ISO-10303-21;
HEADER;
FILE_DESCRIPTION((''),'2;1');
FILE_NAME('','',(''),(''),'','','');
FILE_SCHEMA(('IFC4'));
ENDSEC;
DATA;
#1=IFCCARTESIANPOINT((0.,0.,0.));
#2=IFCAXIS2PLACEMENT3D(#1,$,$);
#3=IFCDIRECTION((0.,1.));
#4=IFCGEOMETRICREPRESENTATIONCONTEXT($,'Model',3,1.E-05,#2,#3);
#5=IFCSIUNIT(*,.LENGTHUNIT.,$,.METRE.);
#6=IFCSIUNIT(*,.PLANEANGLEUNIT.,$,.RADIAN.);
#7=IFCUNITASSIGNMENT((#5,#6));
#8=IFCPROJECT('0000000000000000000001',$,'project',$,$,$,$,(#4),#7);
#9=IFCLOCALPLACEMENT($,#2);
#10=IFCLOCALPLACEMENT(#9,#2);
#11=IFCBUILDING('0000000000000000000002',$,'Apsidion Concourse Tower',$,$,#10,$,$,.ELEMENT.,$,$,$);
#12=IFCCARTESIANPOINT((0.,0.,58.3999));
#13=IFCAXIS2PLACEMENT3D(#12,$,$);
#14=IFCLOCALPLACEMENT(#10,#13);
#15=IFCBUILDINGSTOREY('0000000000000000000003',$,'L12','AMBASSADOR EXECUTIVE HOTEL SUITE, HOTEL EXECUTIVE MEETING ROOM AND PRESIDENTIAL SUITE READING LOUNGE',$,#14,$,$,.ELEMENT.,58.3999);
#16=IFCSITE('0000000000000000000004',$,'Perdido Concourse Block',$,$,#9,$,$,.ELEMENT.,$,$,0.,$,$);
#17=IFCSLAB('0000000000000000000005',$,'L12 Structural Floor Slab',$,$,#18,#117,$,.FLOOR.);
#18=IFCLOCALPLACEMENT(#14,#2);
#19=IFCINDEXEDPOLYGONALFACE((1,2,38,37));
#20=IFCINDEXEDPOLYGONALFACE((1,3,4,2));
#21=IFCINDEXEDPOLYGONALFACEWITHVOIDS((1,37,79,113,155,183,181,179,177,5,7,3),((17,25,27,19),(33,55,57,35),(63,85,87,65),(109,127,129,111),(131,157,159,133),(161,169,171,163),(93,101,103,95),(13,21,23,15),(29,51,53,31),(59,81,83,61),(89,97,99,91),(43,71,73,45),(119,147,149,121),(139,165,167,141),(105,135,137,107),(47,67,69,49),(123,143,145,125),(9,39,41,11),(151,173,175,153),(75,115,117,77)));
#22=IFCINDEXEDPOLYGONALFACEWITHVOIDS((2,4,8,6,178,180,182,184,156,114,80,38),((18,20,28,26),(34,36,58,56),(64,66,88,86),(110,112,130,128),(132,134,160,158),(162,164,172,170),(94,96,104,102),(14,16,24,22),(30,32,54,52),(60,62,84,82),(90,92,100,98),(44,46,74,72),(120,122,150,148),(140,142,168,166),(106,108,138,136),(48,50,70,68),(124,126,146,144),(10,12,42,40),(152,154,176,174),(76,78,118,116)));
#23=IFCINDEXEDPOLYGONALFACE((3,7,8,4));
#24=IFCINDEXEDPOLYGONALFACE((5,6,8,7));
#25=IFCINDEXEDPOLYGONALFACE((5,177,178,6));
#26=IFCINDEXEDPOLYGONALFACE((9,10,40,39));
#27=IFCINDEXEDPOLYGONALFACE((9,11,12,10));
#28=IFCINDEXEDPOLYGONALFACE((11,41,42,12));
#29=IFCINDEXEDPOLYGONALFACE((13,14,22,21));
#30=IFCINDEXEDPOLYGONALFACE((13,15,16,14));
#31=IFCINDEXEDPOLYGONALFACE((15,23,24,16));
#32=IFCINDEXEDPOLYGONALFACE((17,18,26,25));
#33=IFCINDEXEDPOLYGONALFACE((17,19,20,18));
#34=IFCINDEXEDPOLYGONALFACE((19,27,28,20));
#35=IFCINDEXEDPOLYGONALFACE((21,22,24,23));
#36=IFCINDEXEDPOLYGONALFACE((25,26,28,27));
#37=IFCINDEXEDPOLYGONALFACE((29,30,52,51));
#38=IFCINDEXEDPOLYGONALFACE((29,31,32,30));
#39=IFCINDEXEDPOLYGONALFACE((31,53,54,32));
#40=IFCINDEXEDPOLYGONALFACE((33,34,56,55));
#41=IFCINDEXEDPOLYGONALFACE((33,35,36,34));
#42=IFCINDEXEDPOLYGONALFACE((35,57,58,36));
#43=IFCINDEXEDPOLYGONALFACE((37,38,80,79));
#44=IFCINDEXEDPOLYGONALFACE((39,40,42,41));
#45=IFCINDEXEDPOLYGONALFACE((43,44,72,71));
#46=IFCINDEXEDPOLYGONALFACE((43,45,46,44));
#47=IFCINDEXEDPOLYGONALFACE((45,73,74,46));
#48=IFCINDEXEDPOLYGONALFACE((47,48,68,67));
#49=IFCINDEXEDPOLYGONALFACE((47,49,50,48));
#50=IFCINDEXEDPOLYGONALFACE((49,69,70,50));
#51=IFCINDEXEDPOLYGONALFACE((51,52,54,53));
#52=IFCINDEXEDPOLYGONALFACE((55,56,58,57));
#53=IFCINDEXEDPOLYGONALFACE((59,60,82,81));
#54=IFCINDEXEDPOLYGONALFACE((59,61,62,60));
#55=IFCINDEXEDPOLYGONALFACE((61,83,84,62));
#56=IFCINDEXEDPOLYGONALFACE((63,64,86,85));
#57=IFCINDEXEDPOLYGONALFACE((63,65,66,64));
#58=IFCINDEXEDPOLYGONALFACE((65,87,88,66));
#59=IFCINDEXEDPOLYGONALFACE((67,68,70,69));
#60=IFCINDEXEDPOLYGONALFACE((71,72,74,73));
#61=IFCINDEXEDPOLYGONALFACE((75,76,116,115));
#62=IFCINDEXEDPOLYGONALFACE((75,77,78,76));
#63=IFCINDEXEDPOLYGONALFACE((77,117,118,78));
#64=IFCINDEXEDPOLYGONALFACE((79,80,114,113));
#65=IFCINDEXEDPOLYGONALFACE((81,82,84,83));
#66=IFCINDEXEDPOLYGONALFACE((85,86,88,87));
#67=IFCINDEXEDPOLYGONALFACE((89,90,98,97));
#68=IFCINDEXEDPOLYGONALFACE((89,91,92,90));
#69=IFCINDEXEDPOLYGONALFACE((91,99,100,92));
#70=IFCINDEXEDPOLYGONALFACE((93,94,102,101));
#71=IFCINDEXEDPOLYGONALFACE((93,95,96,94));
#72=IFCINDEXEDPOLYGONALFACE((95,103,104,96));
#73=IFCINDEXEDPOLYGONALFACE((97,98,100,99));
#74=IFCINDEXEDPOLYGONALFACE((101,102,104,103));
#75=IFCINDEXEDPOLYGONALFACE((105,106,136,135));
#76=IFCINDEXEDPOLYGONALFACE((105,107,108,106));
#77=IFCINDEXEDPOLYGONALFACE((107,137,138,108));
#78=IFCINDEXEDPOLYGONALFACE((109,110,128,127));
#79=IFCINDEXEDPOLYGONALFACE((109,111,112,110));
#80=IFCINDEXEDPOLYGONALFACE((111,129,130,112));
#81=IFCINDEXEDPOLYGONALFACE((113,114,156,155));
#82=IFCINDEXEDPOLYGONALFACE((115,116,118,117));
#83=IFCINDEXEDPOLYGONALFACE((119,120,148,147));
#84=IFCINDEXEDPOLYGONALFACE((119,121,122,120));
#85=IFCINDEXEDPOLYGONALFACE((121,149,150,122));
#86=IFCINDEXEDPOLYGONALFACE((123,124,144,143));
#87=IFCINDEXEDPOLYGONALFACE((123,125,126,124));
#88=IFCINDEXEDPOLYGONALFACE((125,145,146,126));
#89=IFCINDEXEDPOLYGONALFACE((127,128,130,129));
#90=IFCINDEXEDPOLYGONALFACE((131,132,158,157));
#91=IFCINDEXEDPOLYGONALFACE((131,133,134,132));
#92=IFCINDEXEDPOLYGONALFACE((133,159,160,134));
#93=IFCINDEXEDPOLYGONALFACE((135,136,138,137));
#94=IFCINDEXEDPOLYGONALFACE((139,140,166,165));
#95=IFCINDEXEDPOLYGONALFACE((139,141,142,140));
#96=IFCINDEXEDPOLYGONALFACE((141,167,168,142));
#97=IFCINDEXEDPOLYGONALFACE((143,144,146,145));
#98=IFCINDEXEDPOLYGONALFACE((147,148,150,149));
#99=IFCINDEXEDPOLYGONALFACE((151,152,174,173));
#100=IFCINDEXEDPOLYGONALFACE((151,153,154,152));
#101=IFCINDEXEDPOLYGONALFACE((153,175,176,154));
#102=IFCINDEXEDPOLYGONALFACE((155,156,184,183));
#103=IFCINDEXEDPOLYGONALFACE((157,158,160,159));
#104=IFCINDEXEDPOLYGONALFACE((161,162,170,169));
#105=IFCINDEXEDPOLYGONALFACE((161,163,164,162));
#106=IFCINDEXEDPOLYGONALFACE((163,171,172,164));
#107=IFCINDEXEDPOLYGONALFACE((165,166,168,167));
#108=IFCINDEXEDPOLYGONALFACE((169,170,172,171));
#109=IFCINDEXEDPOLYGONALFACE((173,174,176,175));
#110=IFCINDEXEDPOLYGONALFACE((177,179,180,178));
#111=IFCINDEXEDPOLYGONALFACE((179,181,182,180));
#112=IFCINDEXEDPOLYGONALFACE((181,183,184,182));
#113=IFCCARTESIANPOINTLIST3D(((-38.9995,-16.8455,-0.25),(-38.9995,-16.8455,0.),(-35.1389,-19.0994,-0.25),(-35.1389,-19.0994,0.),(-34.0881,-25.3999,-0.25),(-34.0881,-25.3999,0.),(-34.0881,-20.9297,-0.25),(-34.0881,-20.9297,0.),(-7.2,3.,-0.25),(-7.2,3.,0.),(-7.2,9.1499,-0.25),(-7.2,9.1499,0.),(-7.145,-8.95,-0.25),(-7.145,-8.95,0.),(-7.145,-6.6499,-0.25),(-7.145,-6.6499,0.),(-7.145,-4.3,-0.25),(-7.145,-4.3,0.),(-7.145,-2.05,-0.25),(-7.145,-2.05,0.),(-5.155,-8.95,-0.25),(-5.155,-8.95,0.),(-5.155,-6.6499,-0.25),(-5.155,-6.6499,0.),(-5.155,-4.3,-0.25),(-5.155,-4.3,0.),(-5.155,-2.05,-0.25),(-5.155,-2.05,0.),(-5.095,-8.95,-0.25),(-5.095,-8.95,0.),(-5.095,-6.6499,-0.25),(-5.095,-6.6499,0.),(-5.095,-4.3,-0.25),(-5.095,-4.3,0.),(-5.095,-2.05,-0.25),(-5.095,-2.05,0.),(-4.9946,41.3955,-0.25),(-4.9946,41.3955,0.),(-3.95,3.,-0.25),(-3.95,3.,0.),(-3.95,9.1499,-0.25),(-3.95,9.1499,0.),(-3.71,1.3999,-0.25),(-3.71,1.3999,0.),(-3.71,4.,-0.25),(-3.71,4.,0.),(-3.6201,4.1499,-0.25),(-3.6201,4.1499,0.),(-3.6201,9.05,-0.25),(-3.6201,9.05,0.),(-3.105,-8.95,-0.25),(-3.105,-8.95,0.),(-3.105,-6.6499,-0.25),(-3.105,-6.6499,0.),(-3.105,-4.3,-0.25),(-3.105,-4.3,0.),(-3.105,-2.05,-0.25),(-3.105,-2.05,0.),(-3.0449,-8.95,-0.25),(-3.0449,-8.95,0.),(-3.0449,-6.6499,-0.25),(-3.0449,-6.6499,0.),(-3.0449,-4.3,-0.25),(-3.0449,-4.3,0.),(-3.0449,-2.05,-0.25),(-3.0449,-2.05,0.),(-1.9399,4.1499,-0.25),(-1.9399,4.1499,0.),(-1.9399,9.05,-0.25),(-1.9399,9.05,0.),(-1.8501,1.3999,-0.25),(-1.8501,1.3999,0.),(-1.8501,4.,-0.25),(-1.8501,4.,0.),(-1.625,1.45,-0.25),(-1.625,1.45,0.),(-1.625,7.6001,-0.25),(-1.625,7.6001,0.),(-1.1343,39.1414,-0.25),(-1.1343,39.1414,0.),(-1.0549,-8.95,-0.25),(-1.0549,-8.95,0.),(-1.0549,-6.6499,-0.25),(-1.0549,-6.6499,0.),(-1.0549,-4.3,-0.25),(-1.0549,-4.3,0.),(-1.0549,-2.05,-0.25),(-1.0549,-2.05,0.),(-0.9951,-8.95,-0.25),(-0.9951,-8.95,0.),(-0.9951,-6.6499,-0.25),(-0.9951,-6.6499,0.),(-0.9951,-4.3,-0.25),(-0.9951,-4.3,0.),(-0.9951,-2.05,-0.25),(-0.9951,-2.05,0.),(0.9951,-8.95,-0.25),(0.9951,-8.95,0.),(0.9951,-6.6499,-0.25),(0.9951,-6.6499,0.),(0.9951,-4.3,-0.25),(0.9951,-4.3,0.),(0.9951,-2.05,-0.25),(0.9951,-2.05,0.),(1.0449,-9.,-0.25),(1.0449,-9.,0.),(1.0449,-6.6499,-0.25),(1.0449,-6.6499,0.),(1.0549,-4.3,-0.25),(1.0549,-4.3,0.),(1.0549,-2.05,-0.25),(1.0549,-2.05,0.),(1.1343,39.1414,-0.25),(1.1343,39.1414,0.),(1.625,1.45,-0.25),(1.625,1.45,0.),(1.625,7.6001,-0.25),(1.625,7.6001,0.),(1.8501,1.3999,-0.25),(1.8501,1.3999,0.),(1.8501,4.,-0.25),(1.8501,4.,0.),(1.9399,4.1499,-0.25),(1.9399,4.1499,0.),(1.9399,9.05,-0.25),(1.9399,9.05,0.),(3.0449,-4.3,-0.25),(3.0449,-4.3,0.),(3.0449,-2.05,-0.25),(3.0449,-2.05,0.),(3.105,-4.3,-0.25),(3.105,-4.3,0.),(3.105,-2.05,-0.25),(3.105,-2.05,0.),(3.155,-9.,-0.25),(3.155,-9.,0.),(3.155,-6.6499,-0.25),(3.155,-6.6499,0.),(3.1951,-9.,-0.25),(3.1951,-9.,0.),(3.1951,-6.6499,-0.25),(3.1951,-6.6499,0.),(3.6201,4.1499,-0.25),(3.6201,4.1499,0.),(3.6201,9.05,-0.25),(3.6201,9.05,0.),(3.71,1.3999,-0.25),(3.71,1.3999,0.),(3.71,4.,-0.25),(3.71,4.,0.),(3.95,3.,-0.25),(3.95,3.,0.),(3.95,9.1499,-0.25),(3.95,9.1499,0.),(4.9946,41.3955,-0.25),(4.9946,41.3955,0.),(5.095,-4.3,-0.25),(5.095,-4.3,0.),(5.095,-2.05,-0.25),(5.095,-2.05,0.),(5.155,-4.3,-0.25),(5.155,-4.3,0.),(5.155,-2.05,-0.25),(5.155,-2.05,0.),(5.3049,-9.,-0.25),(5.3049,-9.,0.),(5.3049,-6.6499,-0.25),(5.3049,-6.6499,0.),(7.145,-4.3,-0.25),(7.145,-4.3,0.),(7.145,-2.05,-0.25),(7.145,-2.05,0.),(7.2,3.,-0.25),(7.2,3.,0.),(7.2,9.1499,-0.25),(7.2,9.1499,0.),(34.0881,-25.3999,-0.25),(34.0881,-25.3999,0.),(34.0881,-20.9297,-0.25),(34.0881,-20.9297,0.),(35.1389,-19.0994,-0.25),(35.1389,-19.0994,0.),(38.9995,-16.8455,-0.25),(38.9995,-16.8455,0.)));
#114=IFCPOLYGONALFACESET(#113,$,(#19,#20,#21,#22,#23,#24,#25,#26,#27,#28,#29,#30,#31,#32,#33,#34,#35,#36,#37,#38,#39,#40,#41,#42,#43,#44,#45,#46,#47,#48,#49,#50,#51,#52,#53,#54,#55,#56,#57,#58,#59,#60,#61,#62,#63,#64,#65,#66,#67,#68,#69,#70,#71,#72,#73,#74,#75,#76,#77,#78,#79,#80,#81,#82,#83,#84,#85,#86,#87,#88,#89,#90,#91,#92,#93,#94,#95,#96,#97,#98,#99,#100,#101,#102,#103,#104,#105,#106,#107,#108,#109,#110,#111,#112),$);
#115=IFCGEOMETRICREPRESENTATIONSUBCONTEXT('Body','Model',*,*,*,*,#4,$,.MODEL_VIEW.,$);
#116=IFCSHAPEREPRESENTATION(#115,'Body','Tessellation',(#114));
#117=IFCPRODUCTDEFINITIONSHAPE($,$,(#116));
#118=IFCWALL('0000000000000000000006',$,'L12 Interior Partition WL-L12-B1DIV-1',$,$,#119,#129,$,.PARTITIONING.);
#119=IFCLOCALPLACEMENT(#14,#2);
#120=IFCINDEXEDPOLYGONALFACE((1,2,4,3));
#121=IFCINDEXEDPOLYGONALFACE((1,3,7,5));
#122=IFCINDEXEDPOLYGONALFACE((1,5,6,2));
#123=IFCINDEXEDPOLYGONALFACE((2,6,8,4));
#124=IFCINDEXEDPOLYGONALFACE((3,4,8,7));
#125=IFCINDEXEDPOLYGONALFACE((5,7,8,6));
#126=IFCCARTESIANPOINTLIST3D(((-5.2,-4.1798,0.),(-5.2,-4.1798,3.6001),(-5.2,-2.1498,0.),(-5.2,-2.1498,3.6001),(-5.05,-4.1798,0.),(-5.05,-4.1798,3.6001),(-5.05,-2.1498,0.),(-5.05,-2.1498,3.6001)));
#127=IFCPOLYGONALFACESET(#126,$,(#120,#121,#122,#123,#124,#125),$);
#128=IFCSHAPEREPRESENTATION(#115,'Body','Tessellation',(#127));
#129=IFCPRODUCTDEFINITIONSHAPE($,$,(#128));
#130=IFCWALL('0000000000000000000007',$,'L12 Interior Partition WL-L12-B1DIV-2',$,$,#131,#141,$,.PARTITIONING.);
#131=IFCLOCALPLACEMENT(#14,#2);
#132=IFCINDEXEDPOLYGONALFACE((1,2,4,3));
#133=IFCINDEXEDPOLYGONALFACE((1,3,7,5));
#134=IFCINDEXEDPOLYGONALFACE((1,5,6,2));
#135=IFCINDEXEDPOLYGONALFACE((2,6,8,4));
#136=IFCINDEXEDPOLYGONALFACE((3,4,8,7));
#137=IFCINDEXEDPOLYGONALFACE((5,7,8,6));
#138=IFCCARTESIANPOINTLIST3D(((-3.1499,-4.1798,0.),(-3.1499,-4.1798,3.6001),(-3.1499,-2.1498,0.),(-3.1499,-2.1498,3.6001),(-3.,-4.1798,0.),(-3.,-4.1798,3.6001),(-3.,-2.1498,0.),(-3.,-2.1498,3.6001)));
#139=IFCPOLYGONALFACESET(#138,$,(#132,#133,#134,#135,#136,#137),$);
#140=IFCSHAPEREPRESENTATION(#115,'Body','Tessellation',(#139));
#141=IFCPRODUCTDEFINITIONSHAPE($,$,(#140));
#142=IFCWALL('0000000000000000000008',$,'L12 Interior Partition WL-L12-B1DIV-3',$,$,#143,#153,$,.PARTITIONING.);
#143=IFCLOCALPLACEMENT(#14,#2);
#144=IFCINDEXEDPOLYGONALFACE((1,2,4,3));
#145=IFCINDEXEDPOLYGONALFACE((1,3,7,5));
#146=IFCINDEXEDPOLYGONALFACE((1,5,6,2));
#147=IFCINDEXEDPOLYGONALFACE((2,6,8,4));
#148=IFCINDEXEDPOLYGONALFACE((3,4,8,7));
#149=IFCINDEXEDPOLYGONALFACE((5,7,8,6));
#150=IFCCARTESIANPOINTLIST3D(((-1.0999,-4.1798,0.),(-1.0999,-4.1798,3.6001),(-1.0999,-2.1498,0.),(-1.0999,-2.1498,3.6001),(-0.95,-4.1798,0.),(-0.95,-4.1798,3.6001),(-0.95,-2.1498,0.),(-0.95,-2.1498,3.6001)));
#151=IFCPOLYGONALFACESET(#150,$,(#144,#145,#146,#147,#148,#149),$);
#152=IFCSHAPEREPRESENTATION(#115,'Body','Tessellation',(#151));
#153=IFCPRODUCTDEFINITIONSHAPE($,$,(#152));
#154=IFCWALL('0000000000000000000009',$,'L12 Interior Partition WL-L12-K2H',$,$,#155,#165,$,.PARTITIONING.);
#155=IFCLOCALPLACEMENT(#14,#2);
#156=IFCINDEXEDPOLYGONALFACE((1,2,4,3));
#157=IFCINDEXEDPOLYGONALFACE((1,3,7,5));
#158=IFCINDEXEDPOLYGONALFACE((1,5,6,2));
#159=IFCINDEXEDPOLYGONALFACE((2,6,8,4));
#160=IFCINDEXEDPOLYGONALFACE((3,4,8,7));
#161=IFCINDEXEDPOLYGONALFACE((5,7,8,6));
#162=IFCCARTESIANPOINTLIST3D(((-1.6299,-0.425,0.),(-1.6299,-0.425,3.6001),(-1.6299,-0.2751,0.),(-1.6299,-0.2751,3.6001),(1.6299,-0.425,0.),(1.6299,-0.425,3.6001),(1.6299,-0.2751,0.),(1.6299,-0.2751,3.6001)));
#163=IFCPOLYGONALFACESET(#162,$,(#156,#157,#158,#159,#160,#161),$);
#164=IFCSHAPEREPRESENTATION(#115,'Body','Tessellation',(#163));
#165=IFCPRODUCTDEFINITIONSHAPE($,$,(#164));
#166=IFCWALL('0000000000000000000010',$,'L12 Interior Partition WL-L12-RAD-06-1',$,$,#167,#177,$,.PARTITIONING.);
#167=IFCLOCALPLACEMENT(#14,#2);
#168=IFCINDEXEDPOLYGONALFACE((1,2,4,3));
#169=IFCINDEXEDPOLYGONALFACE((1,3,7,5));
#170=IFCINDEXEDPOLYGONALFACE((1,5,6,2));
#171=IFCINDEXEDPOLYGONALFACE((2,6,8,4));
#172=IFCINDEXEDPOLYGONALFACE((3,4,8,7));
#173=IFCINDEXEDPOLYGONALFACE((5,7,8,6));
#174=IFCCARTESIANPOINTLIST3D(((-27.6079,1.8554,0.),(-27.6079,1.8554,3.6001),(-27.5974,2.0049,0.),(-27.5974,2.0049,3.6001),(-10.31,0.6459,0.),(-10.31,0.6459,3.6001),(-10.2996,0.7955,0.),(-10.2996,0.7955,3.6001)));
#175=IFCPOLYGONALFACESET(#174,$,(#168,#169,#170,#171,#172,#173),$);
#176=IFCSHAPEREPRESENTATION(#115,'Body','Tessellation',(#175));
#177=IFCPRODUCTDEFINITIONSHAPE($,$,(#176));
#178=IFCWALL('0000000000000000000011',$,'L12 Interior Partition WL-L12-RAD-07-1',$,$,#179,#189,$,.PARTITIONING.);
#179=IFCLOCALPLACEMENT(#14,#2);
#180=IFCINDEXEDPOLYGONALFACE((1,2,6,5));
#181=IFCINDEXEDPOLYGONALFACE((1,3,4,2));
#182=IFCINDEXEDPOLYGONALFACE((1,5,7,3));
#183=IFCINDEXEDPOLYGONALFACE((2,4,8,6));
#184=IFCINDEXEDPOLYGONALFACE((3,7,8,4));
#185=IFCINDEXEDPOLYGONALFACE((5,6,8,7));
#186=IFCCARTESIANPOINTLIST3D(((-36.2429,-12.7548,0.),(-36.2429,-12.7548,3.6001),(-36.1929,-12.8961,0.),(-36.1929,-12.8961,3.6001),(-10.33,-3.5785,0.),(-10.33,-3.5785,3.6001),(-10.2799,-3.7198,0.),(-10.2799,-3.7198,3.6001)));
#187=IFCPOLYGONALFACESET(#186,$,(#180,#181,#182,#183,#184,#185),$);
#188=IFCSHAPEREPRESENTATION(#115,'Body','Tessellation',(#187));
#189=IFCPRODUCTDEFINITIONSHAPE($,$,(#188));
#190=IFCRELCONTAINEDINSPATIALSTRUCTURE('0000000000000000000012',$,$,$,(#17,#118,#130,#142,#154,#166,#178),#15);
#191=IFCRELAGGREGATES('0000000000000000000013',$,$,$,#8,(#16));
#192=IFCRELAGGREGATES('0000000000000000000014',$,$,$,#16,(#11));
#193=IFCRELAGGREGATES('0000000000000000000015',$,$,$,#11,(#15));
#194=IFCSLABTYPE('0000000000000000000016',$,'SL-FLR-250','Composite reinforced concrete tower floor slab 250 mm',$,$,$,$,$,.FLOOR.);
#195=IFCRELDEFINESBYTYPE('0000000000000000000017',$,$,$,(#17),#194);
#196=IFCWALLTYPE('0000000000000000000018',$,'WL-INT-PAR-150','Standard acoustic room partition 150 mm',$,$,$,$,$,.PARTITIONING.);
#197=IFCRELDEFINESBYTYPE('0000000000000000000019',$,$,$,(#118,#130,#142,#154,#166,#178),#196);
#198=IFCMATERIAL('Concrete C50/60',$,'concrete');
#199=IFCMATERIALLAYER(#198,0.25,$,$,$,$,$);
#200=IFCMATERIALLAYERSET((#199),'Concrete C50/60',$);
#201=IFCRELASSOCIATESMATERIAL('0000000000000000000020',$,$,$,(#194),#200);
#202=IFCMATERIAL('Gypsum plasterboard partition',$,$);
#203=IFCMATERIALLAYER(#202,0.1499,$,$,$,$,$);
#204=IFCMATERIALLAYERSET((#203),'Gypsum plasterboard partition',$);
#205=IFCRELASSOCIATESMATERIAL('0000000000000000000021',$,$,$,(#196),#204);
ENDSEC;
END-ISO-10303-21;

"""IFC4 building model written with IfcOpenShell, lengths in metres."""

from ifc_helpers import new_model, si_unit, direction, frame, frame_2d, origin, place, context, subcontext, project, spatial, polyline, rectangle, outline, extrude, material, layer, layer_set, type_object, element, save


model = new_model("IFC4")

# Units and contexts
model_context = context("Model", 3, precision=1e-05, world=origin(), true_north=direction((0.0, 1.0)))
body_context = subcontext(model_context, "Body", "Model", "MODEL_VIEW")
ifc_project = project(units=[si_unit("LENGTHUNIT", "METRE"), si_unit("PLANEANGLEUNIT", "RADIAN")], contexts=[model_context])

# Site, building, storey
site_placement = place(None, origin())
site = spatial("IfcSite", under=ifc_project, at=site_placement, Name="Perdido Concourse Block", CompositionType="ELEMENT", RefElevation=0.0)
building_placement = place(site_placement, origin())
building = spatial("IfcBuilding", under=site, at=building_placement, Name="Apsidion Concourse Tower", CompositionType="ELEMENT")
storey_placement = place(building_placement, frame((0.0, 0.0, 58.3999)))
storey = spatial("IfcBuildingStorey", under=building, at=storey_placement, Name="L12", Description="AMBASSADOR EXECUTIVE HOTEL SUITE, HOTEL EXECUTIVE MEETING ROOM AND PRESIDENTIAL SUITE READING LOUNGE", CompositionType="ELEMENT", Elevation=58.3999)

# Slab
ifc_material_1 = material(Name="Concrete C50/60", Category="concrete")
ifc_layer_1 = layer(ifc_material_1, 0.25)
ifc_layer_set_1 = layer_set([ifc_layer_1], Name="Concrete C50/60")
slab_type_1 = type_object("IfcSlabType", Name="SL-FLR-250", Description="Composite reinforced concrete tower floor slab 250 mm", PredefinedType="FLOOR", material=ifc_layer_set_1)
slab_1_placement = place(storey_placement, frame((0.0, 0.0, -0.25)))
element("IfcSlab", 1, at=slab_1_placement, inside=storey, type_object=slab_type_1, Name="L12 Structural Floor Slab", PredefinedType="FLOOR", context=body_context, shape_type="SweptSolid", body=[
    extrude(outline(polyline([(4.9946, 41.3955), (1.1343, 39.1414), (-1.1343, 39.1414), (-4.9946, 41.3955), (-38.9995, -16.8455), (-35.1389, -19.0994), (-34.0881, -20.9297), (-34.0881, -25.3999), (34.0881, -25.3999), (34.0881, -20.9297), (35.1389, -19.0994), (38.9995, -16.8455), (4.9946, 41.3955)]), holes=[polyline([(-3.95, 3.0), (-3.95, 9.1499), (-7.2, 9.1499), (-7.2, 3.0), (-3.95, 3.0)]), polyline([(7.2, 3.0), (7.2, 9.1499), (3.95, 9.1499), (3.95, 3.0), (7.2, 3.0)]), polyline([(-1.625, 7.6001), (-1.625, 1.45), (1.625, 1.45), (1.625, 7.6001), (-1.625, 7.6001)]), polyline([(-7.145, -4.3), (-5.155, -4.3), (-5.155, -2.05), (-7.145, -2.05), (-7.145, -4.3)]), polyline([(-5.095, -4.3), (-3.105, -4.3), (-3.105, -2.05), (-5.095, -2.05), (-5.095, -4.3)]), polyline([(-3.0449, -4.3), (-1.0549, -4.3), (-1.0549, -2.05), (-3.0449, -2.05), (-3.0449, -4.3)]), polyline([(-0.9951, -4.3), (0.9951, -4.3), (0.9951, -2.05), (-0.9951, -2.05), (-0.9951, -4.3)]), polyline([(1.0549, -4.3), (3.0449, -4.3), (3.0449, -2.05), (1.0549, -2.05), (1.0549, -4.3)]), polyline([(3.105, -4.3), (5.095, -4.3), (5.095, -2.05), (3.105, -2.05), (3.105, -4.3)]), polyline([(5.155, -4.3), (7.145, -4.3), (7.145, -2.05), (5.155, -2.05), (5.155, -4.3)]), polyline([(-7.145, -8.95), (-5.155, -8.95), (-5.155, -6.6499), (-7.145, -6.6499), (-7.145, -8.95)]), polyline([(-5.095, -8.95), (-3.105, -8.95), (-3.105, -6.6499), (-5.095, -6.6499), (-5.095, -8.95)]), polyline([(-3.0449, -8.95), (-1.0549, -8.95), (-1.0549, -6.6499), (-3.0449, -6.6499), (-3.0449, -8.95)]), polyline([(-0.9951, -8.95), (0.9951, -8.95), (0.9951, -6.6499), (-0.9951, -6.6499), (-0.9951, -8.95)]), polyline([(1.0449, -9.0), (3.155, -9.0), (3.155, -6.6499), (1.0449, -6.6499), (1.0449, -9.0)]), polyline([(3.1951, -9.0), (5.3049, -9.0), (5.3049, -6.6499), (3.1951, -6.6499), (3.1951, -9.0)]), polyline([(-3.71, 1.3999), (-1.8501, 1.3999), (-1.8501, 4.0), (-3.71, 4.0), (-3.71, 1.3999)]), polyline([(1.8501, 1.3999), (3.71, 1.3999), (3.71, 4.0), (1.8501, 4.0), (1.8501, 1.3999)]), polyline([(-3.6201, 4.1499), (-1.9399, 4.1499), (-1.9399, 9.05), (-3.6201, 9.05), (-3.6201, 4.1499)]), polyline([(1.9399, 4.1499), (3.6201, 4.1499), (3.6201, 9.05), (1.9399, 9.05), (1.9399, 4.1499)])]), origin(), (0.0, 0.0, 1.0), 0.25),
])

# Walls
ifc_material_2 = material(Name="Gypsum plasterboard partition")
ifc_layer_2 = layer(ifc_material_2, 0.1499)
ifc_layer_set_2 = layer_set([ifc_layer_2], Name="Gypsum plasterboard partition")
wall_type_1 = type_object("IfcWallType", Name="WL-INT-PAR-150", Description="Standard acoustic room partition 150 mm", PredefinedType="PARTITIONING", material=ifc_layer_set_2)
for number, where, z_axis, x_axis, name in (
    (2, (-5.125, -4.1799, 0.0), (0.0, 0.0, 1.0), (0.0, 1.0, 0.0), "L12 Interior Partition WL-L12-B1DIV-1"),
    (3, (-3.075, -4.1799, 0.0), (0.0, 0.0, 1.0), (0.0, 1.0, 0.0), "L12 Interior Partition WL-L12-B1DIV-2"),
    (4, (-1.0249, -4.1799, 0.0), (0.0, 0.0, 1.0), (0.0, 1.0, 0.0), "L12 Interior Partition WL-L12-B1DIV-3"),
):
    element("IfcWall", number, at=place(storey_placement, frame(where, z_axis=z_axis, x_axis=x_axis)), inside=storey, type_object=wall_type_1, Name=name, PredefinedType="PARTITIONING", context=body_context, shape_type="SweptSolid", body=[
        extrude(rectangle(XDim=2.03, YDim=0.1499, at=frame_2d((1.0151, 0.0))), origin(), (0.0, 0.0, 1.0), 3.6001),
    ])
wall_1_placement = place(storey_placement, frame((-1.6299, -0.3501, 0.0), z_axis=(0.0, 0.0, 1.0), x_axis=(1.0, 0.0, 0.0)))
element("IfcWall", 5, at=wall_1_placement, inside=storey, type_object=wall_type_1, Name="L12 Interior Partition WL-L12-K2H", PredefinedType="PARTITIONING", context=body_context, shape_type="SweptSolid", body=[
    extrude(rectangle(XDim=3.2598, YDim=0.1499, at=frame_2d((1.6299, 0.0))), origin(), (0.0, 0.0, 1.0), 3.6001),
])
wall_2_placement = place(storey_placement, frame((-10.3049, 0.7207, 0.0), z_axis=(0.0, 0.0, 1.0), x_axis=(-0.997564, 0.06975, 0.0)))
element("IfcWall", 6, at=wall_2_placement, inside=storey, type_object=wall_type_1, Name="L12 Interior Partition WL-L12-RAD-06-1", PredefinedType="PARTITIONING", context=body_context, shape_type="SweptSolid", body=[
    extrude(rectangle(XDim=17.3401, YDim=0.1499, at=frame_2d((8.6699, 0.0))), origin(), (0.0, 0.0, 1.0), 3.6001),
])
wall_3_placement = place(storey_placement, frame((-10.3049, -3.6492, 0.0), z_axis=(0.0, 0.0, 1.0), x_axis=(-0.942642, -0.333806, 0.0)))
element("IfcWall", 7, at=wall_3_placement, inside=storey, type_object=wall_type_1, Name="L12 Interior Partition WL-L12-RAD-07-1", PredefinedType="PARTITIONING", context=body_context, shape_type="SweptSolid", body=[
    extrude(rectangle(XDim=27.4897, YDim=0.1499, at=frame_2d((13.7449, 0.0))), origin(), (0.0, 0.0, 1.0), 3.6001),
])

save(model, "model.ifc")
